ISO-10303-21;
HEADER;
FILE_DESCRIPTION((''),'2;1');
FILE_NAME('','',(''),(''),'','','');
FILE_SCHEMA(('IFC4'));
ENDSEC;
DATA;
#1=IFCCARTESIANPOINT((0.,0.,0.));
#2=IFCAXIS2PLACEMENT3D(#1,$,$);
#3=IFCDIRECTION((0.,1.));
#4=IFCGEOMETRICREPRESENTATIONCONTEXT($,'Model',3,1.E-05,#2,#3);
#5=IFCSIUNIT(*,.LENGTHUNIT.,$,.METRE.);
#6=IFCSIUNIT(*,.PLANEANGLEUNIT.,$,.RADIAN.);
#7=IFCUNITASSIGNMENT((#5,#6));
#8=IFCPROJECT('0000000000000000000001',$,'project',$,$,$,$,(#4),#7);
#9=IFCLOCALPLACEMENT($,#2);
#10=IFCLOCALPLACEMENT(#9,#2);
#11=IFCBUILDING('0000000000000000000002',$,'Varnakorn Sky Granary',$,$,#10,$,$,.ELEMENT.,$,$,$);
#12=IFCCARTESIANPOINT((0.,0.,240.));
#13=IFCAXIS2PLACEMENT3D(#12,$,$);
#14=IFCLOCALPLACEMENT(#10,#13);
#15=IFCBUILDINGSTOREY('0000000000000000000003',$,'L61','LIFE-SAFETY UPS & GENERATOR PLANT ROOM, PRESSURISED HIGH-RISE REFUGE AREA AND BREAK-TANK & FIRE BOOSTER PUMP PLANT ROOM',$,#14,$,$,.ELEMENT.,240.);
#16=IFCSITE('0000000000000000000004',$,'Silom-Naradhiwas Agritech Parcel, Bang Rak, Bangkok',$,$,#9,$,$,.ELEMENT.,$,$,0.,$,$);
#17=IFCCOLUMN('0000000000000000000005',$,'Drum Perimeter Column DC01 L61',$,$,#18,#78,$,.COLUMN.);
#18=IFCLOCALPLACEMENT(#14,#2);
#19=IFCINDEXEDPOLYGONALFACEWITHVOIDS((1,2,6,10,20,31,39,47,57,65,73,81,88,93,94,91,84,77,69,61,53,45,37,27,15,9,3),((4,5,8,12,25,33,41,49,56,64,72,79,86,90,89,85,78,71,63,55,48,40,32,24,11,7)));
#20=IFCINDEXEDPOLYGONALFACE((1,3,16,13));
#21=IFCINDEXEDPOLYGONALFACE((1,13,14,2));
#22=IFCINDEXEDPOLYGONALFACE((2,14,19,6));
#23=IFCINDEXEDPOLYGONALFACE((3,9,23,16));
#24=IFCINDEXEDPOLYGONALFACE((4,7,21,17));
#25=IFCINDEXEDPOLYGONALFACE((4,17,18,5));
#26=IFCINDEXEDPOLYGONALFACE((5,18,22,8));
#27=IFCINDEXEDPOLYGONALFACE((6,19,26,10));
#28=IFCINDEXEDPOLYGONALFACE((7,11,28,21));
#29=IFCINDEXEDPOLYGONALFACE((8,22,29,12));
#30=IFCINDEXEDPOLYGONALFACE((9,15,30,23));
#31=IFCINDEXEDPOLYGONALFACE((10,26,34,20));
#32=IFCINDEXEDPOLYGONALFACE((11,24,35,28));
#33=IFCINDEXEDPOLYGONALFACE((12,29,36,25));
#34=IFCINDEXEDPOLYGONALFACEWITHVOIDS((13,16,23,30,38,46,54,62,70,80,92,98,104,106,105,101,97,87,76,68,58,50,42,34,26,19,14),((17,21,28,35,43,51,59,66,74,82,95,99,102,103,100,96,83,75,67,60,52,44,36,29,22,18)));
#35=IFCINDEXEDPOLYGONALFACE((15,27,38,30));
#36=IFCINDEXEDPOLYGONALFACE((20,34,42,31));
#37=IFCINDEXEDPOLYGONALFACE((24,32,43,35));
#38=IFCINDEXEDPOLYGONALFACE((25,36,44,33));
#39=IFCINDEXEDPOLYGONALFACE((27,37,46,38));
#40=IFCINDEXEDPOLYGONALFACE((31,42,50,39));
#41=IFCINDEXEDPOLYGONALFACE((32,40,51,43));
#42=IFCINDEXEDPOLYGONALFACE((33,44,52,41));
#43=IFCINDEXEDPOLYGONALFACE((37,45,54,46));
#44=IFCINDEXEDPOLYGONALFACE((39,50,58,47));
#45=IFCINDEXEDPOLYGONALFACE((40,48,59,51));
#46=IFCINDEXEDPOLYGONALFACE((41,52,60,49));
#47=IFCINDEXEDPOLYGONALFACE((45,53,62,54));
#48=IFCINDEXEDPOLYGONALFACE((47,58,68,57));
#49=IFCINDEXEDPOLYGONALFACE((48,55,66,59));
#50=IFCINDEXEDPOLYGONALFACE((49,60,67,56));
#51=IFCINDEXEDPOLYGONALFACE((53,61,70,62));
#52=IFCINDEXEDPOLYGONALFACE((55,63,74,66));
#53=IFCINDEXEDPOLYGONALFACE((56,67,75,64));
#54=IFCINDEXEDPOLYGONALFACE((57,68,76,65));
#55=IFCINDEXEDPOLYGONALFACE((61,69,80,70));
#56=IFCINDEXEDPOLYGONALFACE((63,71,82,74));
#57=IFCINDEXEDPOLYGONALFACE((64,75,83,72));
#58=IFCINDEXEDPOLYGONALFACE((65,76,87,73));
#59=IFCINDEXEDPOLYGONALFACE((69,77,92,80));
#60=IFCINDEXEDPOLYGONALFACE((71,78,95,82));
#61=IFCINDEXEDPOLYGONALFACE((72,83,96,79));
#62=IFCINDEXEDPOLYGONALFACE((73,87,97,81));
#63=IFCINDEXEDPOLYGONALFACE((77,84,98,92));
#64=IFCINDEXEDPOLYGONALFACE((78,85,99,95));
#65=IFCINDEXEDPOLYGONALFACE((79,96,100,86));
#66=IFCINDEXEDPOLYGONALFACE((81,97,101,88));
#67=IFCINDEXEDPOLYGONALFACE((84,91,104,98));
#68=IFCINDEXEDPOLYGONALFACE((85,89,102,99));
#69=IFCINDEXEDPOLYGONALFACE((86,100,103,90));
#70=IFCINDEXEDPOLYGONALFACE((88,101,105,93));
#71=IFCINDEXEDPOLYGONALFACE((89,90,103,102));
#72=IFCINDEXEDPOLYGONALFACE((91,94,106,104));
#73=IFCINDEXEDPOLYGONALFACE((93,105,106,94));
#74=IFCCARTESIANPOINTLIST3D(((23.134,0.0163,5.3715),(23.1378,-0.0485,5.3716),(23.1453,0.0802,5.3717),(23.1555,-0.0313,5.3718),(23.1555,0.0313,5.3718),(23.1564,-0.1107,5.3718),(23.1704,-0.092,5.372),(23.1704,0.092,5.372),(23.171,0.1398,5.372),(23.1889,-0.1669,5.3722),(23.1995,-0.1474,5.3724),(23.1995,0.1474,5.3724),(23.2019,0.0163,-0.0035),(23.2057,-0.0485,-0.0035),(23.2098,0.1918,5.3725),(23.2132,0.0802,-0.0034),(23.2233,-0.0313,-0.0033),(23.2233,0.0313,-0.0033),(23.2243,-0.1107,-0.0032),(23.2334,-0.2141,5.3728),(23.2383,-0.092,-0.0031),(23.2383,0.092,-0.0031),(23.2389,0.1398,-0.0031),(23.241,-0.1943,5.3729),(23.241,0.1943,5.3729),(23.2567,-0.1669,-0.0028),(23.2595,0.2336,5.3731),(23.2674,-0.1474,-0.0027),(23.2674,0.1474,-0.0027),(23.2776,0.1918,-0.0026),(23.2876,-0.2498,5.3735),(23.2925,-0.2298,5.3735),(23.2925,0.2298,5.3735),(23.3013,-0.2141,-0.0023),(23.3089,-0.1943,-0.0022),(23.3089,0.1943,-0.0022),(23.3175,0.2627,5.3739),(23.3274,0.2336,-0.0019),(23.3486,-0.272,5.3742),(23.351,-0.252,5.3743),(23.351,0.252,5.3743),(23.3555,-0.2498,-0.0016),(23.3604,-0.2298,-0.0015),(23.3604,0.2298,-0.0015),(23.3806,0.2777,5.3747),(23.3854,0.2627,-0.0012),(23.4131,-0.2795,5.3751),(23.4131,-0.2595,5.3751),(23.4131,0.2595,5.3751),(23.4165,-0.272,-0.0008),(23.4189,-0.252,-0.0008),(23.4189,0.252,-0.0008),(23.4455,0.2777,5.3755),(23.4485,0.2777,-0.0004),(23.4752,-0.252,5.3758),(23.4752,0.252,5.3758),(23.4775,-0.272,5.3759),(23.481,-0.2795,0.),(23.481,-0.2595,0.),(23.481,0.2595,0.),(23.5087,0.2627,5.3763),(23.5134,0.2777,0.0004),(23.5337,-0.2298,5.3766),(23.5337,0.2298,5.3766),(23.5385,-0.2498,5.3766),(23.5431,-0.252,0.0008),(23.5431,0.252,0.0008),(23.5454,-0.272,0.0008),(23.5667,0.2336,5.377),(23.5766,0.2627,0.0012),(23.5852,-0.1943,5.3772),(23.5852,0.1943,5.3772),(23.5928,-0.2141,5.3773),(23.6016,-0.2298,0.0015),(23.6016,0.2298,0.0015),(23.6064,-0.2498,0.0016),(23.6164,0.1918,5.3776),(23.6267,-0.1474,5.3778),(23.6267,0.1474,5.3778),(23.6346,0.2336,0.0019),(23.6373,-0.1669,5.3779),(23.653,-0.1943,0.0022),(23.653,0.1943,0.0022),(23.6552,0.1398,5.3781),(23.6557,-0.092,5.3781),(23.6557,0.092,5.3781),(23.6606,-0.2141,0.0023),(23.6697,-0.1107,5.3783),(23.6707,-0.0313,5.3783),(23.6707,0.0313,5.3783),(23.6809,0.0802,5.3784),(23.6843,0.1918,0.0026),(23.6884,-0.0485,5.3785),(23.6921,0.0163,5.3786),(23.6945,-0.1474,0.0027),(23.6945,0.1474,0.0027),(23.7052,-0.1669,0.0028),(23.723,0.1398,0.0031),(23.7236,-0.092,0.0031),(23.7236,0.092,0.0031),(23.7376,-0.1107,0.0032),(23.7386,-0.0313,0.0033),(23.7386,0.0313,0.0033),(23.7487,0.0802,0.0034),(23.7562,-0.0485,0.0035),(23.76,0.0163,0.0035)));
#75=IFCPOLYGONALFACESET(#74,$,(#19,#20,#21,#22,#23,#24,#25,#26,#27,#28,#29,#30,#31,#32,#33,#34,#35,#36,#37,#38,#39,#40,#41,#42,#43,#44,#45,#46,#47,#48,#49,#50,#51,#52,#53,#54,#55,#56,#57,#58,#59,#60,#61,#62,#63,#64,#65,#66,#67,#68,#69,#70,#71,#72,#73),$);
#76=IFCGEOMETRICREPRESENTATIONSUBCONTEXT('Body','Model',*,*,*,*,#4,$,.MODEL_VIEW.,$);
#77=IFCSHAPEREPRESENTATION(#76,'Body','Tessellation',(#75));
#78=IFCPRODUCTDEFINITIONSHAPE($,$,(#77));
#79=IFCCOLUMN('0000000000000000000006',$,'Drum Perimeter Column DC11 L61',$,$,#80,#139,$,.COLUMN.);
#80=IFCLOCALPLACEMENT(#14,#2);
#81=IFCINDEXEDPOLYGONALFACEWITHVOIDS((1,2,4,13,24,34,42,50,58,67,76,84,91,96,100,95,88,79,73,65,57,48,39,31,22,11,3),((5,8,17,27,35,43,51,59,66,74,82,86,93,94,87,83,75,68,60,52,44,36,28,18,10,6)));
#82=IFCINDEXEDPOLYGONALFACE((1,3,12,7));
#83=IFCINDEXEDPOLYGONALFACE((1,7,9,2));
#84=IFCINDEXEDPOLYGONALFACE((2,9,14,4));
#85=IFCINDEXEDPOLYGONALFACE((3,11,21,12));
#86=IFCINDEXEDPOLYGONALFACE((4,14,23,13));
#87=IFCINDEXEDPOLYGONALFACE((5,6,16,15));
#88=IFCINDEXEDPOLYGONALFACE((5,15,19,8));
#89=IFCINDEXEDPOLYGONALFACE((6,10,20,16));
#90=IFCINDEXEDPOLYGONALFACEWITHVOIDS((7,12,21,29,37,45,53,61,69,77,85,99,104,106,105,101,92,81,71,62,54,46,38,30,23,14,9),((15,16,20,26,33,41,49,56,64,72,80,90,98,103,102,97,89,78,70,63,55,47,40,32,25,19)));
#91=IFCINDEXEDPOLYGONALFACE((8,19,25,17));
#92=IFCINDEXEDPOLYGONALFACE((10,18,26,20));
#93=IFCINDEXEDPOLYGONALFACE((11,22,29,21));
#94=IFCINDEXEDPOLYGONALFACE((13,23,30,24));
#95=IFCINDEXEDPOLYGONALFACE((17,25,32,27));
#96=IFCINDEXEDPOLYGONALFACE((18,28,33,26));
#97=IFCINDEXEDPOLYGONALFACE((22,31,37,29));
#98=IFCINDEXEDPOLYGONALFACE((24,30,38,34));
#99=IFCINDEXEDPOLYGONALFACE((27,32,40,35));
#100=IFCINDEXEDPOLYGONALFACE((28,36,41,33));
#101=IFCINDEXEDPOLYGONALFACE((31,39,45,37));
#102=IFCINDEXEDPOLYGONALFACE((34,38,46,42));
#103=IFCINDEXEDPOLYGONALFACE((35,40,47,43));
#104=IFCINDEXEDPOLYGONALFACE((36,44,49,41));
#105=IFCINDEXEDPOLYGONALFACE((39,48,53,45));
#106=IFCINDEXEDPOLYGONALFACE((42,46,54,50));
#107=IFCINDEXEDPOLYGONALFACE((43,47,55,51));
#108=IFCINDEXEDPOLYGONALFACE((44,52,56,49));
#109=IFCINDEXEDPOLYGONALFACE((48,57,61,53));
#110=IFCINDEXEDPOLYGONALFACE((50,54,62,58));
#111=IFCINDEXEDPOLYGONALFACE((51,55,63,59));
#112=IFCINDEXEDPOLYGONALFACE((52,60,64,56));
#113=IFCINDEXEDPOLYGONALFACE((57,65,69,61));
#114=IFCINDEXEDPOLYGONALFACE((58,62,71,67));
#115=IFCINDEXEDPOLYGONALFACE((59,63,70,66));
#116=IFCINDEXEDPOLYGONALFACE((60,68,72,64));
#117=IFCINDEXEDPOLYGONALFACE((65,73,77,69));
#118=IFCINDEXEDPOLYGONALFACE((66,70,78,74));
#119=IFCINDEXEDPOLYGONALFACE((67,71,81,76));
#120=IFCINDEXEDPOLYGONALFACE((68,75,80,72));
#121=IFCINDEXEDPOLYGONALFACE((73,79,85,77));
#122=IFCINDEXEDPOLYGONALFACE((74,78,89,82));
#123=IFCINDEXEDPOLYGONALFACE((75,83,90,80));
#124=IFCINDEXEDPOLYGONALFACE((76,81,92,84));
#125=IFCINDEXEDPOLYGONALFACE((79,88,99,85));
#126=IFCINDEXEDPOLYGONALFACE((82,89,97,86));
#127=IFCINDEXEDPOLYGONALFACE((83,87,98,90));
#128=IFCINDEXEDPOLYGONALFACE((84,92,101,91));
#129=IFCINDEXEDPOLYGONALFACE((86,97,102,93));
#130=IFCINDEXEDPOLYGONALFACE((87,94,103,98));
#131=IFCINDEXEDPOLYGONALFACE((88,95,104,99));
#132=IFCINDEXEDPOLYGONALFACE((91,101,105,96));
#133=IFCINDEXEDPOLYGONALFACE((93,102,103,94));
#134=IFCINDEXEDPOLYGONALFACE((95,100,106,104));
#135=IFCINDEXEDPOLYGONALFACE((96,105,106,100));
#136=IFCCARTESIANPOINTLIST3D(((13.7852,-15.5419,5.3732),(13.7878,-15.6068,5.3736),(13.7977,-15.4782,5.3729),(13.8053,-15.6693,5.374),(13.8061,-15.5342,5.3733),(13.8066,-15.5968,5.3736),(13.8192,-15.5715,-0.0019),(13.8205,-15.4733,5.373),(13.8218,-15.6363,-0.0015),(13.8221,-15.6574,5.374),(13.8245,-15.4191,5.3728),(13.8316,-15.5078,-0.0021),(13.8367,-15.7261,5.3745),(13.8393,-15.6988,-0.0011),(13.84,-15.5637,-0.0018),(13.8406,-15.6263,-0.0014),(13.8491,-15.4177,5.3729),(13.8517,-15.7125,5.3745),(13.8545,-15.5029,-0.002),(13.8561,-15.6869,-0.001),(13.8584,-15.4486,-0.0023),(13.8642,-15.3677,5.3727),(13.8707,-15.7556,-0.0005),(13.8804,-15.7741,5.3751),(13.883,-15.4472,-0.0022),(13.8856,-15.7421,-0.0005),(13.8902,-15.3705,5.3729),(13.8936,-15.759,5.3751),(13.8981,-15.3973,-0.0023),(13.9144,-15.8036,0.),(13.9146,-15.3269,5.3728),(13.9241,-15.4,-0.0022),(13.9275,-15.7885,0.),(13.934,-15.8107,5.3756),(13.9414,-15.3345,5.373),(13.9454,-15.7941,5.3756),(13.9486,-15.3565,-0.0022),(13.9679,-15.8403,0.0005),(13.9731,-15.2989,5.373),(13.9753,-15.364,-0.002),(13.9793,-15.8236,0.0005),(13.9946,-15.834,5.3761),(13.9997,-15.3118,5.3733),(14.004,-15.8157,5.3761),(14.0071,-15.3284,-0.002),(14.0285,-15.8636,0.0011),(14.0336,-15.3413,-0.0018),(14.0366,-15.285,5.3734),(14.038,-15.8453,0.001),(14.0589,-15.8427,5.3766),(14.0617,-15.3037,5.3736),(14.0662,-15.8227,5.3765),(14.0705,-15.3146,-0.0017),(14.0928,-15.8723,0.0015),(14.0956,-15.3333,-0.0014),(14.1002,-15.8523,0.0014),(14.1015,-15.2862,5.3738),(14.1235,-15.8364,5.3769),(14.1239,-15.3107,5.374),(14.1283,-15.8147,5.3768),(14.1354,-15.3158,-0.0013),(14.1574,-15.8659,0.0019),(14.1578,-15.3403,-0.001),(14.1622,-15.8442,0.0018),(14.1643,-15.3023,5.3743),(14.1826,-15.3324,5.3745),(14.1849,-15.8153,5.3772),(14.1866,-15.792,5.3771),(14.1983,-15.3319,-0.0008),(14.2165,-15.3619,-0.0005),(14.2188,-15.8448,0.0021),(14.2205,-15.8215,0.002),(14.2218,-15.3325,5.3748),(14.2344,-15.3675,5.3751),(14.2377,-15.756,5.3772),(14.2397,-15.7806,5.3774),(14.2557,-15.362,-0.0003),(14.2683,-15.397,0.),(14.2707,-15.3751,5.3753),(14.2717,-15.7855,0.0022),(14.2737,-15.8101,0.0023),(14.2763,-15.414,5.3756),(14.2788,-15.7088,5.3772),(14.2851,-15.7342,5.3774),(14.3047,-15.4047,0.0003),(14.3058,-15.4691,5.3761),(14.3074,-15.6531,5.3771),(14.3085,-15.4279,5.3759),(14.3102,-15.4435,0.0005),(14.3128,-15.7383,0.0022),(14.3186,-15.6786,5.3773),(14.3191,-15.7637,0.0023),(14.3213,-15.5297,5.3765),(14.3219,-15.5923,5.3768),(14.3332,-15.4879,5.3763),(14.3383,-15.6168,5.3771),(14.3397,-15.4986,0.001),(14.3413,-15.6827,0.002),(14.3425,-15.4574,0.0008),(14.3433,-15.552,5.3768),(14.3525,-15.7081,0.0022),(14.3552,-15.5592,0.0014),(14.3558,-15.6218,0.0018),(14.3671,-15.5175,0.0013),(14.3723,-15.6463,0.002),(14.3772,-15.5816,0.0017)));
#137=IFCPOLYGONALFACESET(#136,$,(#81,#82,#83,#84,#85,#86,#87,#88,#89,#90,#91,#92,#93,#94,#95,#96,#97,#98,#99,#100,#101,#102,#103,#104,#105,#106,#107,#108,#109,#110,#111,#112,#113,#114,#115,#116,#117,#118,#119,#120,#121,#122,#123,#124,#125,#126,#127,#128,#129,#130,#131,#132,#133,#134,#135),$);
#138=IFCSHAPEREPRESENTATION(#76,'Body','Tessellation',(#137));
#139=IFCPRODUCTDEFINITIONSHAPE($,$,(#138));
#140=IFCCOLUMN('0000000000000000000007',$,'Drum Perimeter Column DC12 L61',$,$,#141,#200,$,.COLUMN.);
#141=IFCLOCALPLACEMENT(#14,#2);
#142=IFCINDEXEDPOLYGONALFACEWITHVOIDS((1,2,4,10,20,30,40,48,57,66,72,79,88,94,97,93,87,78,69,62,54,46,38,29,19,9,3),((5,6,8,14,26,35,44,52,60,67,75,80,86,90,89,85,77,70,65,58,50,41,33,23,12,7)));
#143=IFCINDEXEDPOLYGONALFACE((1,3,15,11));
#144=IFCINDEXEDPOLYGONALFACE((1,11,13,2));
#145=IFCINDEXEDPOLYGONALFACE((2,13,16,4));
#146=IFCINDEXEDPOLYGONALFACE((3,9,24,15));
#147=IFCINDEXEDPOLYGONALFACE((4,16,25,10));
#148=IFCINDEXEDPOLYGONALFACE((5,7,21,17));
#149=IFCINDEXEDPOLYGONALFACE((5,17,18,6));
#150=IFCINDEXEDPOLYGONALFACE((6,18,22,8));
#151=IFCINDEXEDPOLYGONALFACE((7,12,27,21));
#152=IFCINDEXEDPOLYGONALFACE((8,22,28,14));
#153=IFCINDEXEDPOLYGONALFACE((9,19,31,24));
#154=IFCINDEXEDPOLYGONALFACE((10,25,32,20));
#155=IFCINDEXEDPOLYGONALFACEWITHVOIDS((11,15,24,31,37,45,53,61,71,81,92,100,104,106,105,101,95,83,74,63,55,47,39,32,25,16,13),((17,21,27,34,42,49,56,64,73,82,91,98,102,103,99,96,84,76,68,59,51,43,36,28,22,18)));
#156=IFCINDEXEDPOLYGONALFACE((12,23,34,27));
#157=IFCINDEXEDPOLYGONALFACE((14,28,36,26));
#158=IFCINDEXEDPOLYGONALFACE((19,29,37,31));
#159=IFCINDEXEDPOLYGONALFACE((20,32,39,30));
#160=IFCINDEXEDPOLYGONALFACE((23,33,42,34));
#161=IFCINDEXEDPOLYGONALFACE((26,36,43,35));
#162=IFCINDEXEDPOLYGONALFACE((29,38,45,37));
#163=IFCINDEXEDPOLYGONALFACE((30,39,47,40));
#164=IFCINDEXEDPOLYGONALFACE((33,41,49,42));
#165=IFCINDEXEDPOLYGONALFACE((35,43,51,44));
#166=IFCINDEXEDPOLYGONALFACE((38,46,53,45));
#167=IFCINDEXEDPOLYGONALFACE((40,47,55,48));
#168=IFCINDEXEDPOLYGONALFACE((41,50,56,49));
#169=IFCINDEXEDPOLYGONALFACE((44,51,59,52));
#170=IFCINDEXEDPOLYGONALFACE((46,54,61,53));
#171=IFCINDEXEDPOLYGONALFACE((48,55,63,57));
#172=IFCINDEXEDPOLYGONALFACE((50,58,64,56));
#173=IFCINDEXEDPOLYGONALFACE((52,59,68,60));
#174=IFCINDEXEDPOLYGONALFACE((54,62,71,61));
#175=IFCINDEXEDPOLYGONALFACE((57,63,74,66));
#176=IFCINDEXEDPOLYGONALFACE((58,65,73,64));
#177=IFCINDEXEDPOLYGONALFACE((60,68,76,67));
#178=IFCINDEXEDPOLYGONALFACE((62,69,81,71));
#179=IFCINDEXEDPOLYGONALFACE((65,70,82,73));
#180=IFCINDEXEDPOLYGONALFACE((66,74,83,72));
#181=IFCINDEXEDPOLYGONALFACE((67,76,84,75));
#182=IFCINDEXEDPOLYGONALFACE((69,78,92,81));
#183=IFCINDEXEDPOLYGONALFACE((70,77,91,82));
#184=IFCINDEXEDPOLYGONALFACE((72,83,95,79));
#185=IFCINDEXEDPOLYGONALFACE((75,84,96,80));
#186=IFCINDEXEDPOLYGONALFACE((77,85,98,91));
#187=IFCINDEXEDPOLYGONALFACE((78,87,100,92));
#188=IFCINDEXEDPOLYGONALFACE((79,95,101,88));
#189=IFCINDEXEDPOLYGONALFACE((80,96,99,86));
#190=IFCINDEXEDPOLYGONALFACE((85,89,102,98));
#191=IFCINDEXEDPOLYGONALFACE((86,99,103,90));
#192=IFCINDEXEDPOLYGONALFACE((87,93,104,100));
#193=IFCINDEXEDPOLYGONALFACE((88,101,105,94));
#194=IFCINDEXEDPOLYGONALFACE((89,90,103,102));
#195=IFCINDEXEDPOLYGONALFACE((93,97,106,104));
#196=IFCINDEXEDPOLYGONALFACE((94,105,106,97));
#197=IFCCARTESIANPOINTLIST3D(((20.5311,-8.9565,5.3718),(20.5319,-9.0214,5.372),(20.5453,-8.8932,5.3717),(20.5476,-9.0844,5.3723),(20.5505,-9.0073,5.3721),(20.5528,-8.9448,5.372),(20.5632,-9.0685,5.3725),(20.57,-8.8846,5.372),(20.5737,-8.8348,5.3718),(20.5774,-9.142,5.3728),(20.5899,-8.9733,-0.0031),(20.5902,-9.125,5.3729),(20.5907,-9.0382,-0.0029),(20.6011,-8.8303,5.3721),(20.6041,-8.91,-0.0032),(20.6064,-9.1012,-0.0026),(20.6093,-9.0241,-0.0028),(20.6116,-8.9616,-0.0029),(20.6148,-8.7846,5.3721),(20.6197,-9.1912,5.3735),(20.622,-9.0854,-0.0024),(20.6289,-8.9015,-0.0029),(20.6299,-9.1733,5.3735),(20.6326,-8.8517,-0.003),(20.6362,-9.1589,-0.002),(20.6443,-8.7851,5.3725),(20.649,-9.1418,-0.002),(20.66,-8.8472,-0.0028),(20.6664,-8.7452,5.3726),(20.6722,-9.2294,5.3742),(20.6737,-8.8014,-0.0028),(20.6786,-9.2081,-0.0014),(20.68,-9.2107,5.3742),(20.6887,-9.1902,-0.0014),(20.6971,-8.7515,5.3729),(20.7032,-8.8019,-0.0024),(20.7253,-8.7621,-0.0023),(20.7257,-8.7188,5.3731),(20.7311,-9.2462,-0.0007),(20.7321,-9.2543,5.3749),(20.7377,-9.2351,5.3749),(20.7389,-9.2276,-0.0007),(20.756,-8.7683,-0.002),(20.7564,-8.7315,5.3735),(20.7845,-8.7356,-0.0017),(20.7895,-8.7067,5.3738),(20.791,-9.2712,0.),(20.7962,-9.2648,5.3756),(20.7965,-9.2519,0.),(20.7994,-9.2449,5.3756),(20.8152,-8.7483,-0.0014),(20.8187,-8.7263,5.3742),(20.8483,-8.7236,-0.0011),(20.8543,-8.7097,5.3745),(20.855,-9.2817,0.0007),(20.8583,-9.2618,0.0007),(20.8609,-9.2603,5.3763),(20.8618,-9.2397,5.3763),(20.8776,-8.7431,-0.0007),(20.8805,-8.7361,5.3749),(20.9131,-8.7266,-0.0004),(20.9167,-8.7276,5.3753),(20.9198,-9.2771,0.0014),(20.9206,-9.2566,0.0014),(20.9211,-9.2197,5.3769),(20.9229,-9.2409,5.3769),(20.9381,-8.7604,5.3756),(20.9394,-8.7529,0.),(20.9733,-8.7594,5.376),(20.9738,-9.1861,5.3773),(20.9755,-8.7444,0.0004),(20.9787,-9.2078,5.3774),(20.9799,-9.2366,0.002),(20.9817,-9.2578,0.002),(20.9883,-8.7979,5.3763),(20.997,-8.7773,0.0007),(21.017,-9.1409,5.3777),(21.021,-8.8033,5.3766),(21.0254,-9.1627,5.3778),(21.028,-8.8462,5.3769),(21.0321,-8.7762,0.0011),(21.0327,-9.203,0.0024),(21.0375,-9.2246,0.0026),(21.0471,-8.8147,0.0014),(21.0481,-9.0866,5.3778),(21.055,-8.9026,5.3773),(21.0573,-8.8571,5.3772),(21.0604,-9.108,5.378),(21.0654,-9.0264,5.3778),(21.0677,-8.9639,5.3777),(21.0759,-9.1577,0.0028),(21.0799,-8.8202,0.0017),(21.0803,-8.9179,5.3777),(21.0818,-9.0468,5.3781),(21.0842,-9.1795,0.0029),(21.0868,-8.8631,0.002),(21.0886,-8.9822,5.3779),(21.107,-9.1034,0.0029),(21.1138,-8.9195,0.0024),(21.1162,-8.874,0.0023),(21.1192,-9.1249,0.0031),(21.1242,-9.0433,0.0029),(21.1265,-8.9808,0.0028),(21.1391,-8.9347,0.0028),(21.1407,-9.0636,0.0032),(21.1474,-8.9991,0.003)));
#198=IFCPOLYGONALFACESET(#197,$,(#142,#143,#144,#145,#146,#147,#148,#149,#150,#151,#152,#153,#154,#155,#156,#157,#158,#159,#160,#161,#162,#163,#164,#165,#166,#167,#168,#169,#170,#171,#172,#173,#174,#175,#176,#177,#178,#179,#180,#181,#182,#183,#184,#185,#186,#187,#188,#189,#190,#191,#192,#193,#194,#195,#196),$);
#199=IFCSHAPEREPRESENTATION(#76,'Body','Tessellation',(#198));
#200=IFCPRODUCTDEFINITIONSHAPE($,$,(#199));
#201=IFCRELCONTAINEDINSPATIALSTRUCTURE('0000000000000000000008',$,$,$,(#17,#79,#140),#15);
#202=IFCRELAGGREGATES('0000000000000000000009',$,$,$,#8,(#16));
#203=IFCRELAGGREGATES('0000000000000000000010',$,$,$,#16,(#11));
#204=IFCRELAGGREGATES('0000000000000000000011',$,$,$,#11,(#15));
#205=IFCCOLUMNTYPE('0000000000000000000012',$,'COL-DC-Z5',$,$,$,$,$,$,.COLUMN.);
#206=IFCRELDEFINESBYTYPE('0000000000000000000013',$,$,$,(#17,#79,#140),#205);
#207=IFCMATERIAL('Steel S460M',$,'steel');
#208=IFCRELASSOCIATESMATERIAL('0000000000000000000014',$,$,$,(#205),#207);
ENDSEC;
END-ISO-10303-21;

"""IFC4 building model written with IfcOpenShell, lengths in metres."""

from ifc_helpers import new_model, si_unit, direction, frame, origin, origin_2d, place, context, subcontext, project, spatial, hollow_circle, extrude, material, material_profile, profile_set, type_object, element, save


model = new_model("IFC4")

# Units and contexts
model_context = context("Model", 3, precision=1e-05, world=origin(), true_north=direction((0.0, 1.0)))
body_context = subcontext(model_context, "Body", "Model", "MODEL_VIEW")
ifc_project = project(units=[si_unit("LENGTHUNIT", "METRE"), si_unit("PLANEANGLEUNIT", "RADIAN")], contexts=[model_context])

# Site, building, storey
site_placement = place(None, origin())
site = spatial("IfcSite", under=ifc_project, at=site_placement, Name="Silom-Naradhiwas Agritech Parcel, Bang Rak, Bangkok", CompositionType="ELEMENT", RefElevation=0.0)
building_placement = place(site_placement, origin())
building = spatial("IfcBuilding", under=site, at=building_placement, Name="Varnakorn Sky Granary", CompositionType="ELEMENT")
storey_placement = place(building_placement, frame((0.0, 0.0, 240.0)))
storey = spatial("IfcBuildingStorey", under=building, at=storey_placement, Name="L61", Description="LIFE-SAFETY UPS & GENERATOR PLANT ROOM, PRESSURISED HIGH-RISE REFUGE AREA AND BREAK-TANK & FIRE BOOSTER PUMP PLANT ROOM", CompositionType="ELEMENT", Elevation=240.0)

# Columns
ifc_material_1 = material(Name="Steel S460M", Category="steel")
ifc_material_profile_1 = material_profile(ifc_material_1, hollow_circle(Radius=0.2795, WallThickness=0.02, at=origin_2d()), Name="CHS 559x20")
ifc_profile_set_1 = profile_set([ifc_material_profile_1], Name="Steel S460M")
column_type = type_object("IfcColumnType", Name="COL-DC-Z5", PredefinedType="COLUMN", material=ifc_profile_set_1)
column_placement = place(storey_placement, frame((23.481, 0.0, 0.0), z_axis=(-0.012626, 0.0, 0.99992), x_axis=(0.0, -1.0, 0.0)))
element("IfcColumn", 1, at=column_placement, inside=storey, type_object=column_type, Name="Drum Perimeter Column DC01 L61", PredefinedType="COLUMN", context=body_context, shape_type="SweptSolid", body=[
    extrude(hollow_circle(Radius=0.2795, WallThickness=0.02, at=origin_2d()), origin(), (0.0, 0.0, 1.0), 5.3755),
])
for number, where, z_axis, x_axis, name in (
    (2, (14.0979, -15.5928, 0.0), (-0.006313, 0.005496, 0.999965), (-0.656582, -0.754255, 0.0), "Drum Perimeter Column DC11 L61"),
    (3, (20.8679, -9.0024, 0.0), (-0.010946, 0.003134, 0.999935), (-0.275248, -0.961373, 0.0), "Drum Perimeter Column DC12 L61"),
):
    element("IfcColumn", number, at=place(storey_placement, frame(where, z_axis=z_axis, x_axis=x_axis)), inside=storey, type_object=column_type, Name=name, PredefinedType="COLUMN", context=body_context, shape_type="SweptSolid", body=[
        extrude(hollow_circle(Radius=0.2795, WallThickness=0.02, at=origin_2d()), origin(), (0.0, 0.0, 1.0), 5.3752),
    ])

save(model, "model.ifc")
